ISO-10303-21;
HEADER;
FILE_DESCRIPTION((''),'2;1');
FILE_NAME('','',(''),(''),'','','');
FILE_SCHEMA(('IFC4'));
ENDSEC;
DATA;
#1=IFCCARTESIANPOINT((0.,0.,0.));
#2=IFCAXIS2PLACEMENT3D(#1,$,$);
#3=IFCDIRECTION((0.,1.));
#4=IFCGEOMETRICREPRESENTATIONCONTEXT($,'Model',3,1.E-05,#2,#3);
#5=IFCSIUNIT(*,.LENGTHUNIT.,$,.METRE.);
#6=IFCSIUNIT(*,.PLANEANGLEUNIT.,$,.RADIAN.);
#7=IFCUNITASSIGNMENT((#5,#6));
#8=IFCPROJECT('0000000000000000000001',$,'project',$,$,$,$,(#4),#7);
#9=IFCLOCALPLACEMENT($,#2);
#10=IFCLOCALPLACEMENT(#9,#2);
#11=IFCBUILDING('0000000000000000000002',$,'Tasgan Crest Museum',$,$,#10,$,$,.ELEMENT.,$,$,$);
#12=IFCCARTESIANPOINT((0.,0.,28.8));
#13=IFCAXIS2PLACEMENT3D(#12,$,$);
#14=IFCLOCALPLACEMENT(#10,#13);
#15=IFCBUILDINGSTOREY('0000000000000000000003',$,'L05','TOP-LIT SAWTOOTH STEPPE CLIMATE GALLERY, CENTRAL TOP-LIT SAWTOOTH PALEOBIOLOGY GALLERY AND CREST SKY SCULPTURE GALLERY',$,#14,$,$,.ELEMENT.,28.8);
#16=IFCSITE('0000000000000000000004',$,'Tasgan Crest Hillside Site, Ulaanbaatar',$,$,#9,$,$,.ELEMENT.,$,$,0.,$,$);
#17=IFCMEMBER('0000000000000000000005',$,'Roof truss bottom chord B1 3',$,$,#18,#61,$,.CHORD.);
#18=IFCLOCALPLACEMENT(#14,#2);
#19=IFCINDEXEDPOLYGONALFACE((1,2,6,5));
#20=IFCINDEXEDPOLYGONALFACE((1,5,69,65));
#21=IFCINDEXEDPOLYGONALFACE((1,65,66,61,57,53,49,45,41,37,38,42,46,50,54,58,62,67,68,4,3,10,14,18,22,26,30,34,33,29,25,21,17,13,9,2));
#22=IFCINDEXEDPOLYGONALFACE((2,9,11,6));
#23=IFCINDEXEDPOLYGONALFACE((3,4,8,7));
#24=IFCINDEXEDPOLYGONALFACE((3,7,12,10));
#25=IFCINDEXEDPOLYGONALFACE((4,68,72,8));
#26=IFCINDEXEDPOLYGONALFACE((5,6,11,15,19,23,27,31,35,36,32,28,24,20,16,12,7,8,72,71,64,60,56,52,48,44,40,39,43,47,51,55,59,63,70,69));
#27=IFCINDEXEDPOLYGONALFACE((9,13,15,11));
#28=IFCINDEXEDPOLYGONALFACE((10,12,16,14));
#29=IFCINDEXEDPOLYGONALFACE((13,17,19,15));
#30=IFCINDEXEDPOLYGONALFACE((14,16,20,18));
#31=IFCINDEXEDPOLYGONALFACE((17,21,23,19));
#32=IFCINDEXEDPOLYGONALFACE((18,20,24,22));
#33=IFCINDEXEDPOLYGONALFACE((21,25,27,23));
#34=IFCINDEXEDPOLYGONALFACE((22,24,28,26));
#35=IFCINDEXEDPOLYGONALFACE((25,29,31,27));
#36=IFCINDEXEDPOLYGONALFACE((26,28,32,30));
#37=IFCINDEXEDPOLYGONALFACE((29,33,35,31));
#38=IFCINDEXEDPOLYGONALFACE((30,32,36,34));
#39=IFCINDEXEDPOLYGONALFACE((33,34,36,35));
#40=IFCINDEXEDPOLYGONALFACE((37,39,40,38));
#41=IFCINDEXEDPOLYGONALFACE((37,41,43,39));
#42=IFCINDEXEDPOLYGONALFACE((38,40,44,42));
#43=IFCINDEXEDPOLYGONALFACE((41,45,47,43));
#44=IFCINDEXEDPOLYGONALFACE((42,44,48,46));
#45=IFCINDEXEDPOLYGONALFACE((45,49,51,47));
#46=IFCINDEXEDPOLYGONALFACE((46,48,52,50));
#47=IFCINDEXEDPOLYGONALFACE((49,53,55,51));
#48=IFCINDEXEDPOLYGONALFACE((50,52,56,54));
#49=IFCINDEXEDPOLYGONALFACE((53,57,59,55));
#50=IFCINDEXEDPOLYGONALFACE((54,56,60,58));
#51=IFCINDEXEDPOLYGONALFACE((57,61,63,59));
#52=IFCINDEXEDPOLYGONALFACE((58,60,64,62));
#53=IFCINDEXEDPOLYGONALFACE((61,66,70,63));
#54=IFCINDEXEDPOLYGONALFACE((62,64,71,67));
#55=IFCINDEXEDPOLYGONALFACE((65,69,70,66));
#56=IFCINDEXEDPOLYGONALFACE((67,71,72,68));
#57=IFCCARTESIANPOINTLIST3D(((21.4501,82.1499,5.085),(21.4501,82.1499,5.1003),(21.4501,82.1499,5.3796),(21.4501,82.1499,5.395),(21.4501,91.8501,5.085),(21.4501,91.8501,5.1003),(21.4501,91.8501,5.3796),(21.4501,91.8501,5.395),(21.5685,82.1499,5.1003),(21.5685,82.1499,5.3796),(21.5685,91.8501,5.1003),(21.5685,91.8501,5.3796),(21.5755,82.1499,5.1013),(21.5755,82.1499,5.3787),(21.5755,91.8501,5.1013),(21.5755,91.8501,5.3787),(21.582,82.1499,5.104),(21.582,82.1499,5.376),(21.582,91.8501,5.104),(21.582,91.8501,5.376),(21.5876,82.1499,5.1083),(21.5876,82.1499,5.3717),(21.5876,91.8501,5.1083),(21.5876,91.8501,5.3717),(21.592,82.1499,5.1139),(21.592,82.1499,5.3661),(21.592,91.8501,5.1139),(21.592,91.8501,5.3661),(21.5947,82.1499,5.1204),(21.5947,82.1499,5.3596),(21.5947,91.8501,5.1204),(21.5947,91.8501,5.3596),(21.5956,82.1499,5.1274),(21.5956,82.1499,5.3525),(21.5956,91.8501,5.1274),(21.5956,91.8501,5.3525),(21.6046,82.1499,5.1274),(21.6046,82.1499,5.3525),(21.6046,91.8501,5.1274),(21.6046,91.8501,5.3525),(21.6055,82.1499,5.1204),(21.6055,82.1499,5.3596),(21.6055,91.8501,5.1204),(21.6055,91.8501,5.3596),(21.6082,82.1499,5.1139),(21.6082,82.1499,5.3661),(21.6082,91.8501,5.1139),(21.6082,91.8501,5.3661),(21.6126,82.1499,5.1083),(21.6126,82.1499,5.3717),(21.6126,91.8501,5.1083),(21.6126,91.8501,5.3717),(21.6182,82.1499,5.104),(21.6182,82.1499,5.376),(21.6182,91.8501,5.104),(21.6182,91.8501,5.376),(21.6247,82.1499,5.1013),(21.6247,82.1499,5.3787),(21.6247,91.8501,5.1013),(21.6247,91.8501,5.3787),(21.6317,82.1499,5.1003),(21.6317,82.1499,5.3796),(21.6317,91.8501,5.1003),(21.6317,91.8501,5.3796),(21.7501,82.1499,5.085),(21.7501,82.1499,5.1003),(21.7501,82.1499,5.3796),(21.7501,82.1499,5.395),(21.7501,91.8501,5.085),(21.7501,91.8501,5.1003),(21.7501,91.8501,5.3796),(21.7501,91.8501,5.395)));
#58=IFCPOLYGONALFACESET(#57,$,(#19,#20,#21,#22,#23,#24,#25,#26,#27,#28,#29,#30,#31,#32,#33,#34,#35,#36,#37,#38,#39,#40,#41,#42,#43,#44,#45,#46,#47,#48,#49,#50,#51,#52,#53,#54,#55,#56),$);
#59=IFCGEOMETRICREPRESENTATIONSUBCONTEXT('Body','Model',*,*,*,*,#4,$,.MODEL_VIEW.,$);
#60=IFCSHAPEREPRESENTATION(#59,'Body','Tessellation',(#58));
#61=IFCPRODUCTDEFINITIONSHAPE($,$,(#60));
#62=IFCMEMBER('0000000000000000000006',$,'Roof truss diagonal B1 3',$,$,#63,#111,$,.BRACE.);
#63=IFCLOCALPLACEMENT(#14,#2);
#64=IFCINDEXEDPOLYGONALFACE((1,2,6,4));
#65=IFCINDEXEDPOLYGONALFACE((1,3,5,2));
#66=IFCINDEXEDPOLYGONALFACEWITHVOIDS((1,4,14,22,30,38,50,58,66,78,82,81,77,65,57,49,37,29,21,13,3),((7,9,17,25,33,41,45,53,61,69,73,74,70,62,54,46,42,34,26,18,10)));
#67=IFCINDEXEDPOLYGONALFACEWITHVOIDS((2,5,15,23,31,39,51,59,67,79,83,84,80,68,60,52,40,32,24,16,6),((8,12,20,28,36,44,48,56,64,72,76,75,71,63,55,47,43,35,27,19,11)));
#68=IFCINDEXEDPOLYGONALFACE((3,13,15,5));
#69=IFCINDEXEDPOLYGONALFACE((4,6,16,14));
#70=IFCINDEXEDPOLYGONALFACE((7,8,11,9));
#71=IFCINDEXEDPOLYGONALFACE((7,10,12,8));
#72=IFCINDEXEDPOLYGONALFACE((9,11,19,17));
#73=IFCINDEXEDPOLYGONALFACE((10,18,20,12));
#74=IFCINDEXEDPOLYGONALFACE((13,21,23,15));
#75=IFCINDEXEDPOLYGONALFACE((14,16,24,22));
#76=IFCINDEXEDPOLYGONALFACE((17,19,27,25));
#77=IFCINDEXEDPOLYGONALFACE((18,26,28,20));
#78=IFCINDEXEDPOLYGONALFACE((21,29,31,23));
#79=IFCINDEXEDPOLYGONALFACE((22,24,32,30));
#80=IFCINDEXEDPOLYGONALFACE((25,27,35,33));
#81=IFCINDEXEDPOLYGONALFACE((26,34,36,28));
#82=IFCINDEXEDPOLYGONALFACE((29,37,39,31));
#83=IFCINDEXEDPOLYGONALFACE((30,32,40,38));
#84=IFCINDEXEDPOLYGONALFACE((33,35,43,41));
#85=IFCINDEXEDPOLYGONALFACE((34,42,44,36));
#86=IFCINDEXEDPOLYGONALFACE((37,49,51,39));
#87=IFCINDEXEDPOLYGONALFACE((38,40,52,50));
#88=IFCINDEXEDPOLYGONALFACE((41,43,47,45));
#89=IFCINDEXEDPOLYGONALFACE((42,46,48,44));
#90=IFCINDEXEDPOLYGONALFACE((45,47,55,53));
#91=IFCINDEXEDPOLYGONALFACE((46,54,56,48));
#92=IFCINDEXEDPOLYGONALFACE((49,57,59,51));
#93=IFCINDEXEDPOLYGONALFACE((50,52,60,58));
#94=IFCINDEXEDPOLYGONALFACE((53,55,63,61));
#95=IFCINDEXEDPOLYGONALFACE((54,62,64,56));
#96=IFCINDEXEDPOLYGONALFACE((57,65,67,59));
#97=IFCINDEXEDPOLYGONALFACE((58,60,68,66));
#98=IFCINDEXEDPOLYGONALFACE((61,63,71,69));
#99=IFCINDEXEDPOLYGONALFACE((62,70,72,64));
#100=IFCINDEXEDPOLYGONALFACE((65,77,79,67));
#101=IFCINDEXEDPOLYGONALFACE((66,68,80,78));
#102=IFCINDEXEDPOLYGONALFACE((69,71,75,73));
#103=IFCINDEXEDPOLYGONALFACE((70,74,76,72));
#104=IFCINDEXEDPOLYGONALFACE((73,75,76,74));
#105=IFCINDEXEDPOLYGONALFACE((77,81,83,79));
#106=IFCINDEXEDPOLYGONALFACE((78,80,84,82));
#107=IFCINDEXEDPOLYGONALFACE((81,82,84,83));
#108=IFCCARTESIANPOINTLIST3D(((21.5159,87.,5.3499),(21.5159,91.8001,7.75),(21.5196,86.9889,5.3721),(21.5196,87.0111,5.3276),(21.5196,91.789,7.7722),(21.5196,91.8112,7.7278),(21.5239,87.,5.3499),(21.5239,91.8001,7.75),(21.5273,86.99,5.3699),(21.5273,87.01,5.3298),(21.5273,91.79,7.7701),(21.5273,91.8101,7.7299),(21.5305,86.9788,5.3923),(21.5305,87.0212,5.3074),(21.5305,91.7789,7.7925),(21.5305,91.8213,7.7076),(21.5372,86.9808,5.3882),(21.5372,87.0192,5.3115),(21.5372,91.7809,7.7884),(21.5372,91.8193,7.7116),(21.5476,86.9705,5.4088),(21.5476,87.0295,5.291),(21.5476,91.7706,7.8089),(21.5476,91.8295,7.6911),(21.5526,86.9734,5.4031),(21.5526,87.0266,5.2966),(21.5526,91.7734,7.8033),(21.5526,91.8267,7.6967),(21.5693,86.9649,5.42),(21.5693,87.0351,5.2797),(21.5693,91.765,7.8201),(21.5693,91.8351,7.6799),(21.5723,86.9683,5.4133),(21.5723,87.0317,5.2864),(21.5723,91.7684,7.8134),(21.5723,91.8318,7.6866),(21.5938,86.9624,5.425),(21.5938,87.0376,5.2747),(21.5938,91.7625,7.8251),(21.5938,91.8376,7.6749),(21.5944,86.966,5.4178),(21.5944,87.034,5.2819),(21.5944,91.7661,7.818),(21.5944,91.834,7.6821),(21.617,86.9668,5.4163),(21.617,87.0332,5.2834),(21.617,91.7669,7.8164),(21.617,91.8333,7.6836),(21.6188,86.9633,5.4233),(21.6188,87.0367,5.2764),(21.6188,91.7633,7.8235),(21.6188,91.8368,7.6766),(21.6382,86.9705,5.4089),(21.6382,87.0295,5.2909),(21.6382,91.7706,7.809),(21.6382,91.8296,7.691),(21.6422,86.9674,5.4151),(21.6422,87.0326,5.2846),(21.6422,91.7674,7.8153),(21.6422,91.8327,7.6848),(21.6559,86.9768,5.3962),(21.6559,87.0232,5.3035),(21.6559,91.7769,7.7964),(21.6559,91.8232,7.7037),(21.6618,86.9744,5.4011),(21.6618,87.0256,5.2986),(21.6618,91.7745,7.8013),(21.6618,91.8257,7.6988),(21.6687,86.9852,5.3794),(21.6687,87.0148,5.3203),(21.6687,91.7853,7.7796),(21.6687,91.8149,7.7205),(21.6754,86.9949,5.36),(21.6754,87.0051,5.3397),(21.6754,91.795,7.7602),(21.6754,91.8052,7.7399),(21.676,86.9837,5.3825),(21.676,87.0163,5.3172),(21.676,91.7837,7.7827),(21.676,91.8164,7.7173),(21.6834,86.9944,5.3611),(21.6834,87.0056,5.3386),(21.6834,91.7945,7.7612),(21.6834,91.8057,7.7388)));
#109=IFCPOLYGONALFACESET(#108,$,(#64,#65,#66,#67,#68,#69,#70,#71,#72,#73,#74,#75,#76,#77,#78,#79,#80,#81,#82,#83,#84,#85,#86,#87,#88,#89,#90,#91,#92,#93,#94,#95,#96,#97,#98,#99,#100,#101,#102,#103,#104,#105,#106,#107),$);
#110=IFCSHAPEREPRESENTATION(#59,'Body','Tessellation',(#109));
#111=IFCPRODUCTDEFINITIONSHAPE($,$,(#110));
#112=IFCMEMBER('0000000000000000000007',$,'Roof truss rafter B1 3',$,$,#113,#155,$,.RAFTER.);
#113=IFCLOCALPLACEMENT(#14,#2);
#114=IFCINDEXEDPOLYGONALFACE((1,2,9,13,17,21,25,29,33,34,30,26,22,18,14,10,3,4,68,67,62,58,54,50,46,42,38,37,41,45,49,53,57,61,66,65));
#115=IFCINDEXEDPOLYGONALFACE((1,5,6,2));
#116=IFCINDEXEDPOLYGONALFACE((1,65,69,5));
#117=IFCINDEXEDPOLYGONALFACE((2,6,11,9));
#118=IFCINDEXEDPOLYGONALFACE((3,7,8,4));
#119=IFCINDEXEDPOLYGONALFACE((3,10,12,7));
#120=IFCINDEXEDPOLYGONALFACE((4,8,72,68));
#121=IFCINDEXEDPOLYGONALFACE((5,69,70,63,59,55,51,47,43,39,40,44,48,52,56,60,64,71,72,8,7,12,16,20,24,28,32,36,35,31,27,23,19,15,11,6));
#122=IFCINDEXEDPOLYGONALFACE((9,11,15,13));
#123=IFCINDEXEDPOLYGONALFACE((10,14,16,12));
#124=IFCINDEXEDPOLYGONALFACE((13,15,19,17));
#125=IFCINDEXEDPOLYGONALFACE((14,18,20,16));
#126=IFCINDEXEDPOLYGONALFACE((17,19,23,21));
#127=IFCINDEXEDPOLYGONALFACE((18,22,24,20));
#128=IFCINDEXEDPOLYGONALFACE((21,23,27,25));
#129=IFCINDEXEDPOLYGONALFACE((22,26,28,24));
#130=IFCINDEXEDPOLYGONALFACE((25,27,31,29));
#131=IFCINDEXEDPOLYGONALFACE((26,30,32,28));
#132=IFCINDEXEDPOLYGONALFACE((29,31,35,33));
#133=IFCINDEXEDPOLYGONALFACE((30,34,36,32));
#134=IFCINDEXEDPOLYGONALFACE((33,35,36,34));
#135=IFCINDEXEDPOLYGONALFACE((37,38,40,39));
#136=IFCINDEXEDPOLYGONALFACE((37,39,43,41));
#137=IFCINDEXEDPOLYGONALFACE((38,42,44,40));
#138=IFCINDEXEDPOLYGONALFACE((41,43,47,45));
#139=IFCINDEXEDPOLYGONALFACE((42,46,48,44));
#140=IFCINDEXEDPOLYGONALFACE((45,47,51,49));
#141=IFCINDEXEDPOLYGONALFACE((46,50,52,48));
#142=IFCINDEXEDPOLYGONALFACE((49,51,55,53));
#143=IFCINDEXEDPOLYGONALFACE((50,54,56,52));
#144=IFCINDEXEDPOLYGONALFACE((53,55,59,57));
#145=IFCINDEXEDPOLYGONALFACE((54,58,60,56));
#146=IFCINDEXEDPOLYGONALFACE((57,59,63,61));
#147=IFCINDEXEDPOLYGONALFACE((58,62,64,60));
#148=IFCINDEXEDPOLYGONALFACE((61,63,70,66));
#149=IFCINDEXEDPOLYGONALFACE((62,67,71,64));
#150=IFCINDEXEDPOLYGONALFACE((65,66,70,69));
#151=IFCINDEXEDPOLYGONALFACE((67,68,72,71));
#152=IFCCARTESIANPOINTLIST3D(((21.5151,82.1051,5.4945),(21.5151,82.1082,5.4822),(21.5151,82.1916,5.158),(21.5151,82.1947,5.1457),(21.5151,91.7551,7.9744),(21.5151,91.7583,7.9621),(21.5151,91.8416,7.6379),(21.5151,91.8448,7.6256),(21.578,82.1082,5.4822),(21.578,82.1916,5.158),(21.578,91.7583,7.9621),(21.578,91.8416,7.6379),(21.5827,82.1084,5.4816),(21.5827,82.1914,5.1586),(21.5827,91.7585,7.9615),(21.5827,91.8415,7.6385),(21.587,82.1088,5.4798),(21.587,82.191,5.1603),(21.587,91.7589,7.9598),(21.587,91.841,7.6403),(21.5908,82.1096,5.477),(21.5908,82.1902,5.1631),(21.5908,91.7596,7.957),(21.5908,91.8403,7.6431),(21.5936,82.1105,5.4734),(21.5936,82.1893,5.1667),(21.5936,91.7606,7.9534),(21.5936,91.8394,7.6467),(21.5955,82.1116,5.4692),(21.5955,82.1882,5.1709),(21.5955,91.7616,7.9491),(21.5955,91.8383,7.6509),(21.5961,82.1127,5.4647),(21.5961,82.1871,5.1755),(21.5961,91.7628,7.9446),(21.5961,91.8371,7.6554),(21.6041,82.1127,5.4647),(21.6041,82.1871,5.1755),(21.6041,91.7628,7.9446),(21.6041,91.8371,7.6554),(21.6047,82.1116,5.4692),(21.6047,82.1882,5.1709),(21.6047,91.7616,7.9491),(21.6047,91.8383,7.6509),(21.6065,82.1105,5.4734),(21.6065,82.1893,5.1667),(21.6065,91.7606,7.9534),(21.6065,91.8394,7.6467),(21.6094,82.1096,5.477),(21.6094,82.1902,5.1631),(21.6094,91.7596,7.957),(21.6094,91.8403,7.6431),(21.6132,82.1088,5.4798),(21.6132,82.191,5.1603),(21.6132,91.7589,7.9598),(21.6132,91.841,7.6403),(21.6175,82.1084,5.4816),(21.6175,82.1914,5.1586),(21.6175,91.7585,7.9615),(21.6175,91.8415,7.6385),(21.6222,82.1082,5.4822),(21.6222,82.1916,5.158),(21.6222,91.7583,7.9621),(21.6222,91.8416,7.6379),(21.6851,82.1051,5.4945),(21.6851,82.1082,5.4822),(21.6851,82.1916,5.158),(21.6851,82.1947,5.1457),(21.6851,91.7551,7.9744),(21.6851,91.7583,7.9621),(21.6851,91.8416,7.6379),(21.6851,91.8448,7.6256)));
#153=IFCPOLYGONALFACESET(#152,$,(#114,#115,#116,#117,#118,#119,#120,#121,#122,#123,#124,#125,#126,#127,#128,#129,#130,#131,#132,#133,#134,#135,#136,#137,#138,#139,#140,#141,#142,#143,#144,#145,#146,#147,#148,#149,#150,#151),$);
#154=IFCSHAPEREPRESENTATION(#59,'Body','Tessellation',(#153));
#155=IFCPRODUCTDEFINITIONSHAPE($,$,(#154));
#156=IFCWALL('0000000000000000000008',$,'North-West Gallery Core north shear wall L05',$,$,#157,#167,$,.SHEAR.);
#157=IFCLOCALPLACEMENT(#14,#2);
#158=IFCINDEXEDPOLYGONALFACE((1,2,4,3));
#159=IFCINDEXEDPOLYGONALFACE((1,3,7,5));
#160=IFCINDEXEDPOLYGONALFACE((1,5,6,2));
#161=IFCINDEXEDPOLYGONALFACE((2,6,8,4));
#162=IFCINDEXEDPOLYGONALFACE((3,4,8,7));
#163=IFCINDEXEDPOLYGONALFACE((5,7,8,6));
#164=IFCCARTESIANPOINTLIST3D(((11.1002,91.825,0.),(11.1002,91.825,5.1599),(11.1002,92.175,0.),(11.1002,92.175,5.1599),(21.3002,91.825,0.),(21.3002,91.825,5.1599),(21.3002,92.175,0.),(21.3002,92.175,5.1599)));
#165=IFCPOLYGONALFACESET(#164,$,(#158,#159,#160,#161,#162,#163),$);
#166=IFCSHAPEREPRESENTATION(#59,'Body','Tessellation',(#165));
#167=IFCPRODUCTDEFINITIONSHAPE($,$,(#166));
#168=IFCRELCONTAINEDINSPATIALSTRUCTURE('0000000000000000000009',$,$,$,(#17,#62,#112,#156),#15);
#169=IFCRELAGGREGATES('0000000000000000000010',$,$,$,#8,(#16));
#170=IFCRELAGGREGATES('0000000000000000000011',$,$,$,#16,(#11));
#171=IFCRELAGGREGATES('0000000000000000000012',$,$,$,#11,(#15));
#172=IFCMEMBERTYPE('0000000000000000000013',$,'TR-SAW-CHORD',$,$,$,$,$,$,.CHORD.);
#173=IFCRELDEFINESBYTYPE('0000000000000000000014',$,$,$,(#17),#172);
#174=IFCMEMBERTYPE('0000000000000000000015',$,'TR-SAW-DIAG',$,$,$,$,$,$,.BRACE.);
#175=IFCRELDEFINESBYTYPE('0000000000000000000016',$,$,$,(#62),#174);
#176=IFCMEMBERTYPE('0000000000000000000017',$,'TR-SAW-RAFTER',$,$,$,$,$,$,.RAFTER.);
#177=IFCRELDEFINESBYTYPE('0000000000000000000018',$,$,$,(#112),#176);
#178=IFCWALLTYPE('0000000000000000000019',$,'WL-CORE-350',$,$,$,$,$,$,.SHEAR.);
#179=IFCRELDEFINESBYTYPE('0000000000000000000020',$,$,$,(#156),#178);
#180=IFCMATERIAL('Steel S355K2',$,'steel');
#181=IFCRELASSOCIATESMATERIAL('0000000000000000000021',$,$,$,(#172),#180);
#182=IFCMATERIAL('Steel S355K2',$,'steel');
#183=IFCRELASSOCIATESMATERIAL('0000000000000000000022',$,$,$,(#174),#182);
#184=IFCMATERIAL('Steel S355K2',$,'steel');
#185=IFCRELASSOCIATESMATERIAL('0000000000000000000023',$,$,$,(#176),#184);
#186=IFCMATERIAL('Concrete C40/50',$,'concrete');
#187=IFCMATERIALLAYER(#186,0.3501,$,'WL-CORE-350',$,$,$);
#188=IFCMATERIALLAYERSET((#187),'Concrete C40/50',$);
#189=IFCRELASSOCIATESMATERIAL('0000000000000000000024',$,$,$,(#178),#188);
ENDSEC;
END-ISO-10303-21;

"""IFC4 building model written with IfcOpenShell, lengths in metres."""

from ifc_helpers import new_model, si_unit, direction, frame, frame_2d, origin, origin_2d, place, context, subcontext, project, spatial, rectangle, hollow_circle, i_section, extrude, material, layer, layer_set, material_profile, profile_set, type_object, element, save


model = new_model("IFC4")

# Units and contexts
model_context = context("Model", 3, precision=1e-05, world=origin(), true_north=direction((0.0, 1.0)))
body_context = subcontext(model_context, "Body", "Model", "MODEL_VIEW")
ifc_project = project(units=[si_unit("LENGTHUNIT", "METRE"), si_unit("PLANEANGLEUNIT", "RADIAN")], contexts=[model_context])

# Site, building, storey
site_placement = place(None, origin())
site = spatial("IfcSite", under=ifc_project, at=site_placement, Name="Tasgan Crest Hillside Site, Ulaanbaatar", CompositionType="ELEMENT", RefElevation=0.0)
building_placement = place(site_placement, origin())
building = spatial("IfcBuilding", under=site, at=building_placement, Name="Tasgan Crest Museum", CompositionType="ELEMENT")
storey_placement = place(building_placement, frame((0.0, 0.0, 28.8)))
storey = spatial("IfcBuildingStorey", under=building, at=storey_placement, Name="L05", Description="TOP-LIT SAWTOOTH STEPPE CLIMATE GALLERY, CENTRAL TOP-LIT SAWTOOTH PALEOBIOLOGY GALLERY AND CREST SKY SCULPTURE GALLERY", CompositionType="ELEMENT", Elevation=28.8)

# Members
ifc_material_1 = material(Name="Steel S355K2", Category="steel")
ifc_material_profile_1 = material_profile(ifc_material_1, i_section(OverallWidth=0.3, OverallDepth=0.3101, WebThickness=0.009, FlangeThickness=0.0154, FilletRadius=0.0271, at=origin_2d()), Name="HEA 320")
ifc_profile_set_1 = profile_set([ifc_material_profile_1], Name="Steel S355K2")
member_type_1 = type_object("IfcMemberType", Name="TR-SAW-CHORD", PredefinedType="CHORD", material=ifc_profile_set_1)
member_1_placement = place(storey_placement, frame((21.6001, 82.1499, 5.24), z_axis=(0.0, 1.0, 0.0), x_axis=(-1.0, 0.0, 0.0)))
element("IfcMember", 1, at=member_1_placement, inside=storey, type_object=member_type_1, Name="Roof truss bottom chord B1 3", PredefinedType="CHORD", context=body_context, shape_type="SweptSolid", body=[
    extrude(i_section(OverallWidth=0.3, OverallDepth=0.3101, WebThickness=0.009, FlangeThickness=0.0154, FilletRadius=0.0271, at=origin_2d()), origin(), (0.0, 0.0, 1.0), 9.7002),
])
ifc_material_2 = material(Name="Steel S355K2", Category="steel")
ifc_material_profile_2 = material_profile(ifc_material_2, hollow_circle(Radius=0.0842, WallThickness=0.0081, at=origin_2d()), Name="CHS 168.3x8")
ifc_profile_set_2 = profile_set([ifc_material_profile_2], Name="Steel S355K2")
member_type_2 = type_object("IfcMemberType", Name="TR-SAW-DIAG", PredefinedType="BRACE", material=ifc_profile_set_2)
member_2_placement = place(storey_placement, frame((21.6001, 87.0, 5.3499), z_axis=(0.0, 0.894418, 0.447232), x_axis=(-1.0, 0.0, 0.0)))
element("IfcMember", 2, at=member_2_placement, inside=storey, type_object=member_type_2, Name="Roof truss diagonal B1 3", PredefinedType="BRACE", context=body_context, shape_type="SweptSolid", body=[
    extrude(hollow_circle(Radius=0.0842, WallThickness=0.0081, at=origin_2d()), origin(), (0.0, 0.0, 1.0), 5.3667),
])
ifc_material_3 = material(Name="Steel S355K2", Category="steel")
ifc_material_profile_3 = material_profile(ifc_material_3, i_section(OverallWidth=0.1699, OverallDepth=0.3601, WebThickness=0.0081, FlangeThickness=0.0127, FilletRadius=0.0181, at=origin_2d()), Name="IPE 360")
ifc_profile_set_3 = profile_set([ifc_material_profile_3], Name="Steel S355K2")
member_type_3 = type_object("IfcMemberType", Name="TR-SAW-RAFTER", PredefinedType="RAFTER", material=ifc_profile_set_3)
member_3_placement = place(storey_placement, frame((21.6001, 82.1499, 5.3201), z_axis=(0.0, 0.968529, 0.248901), x_axis=(-1.0, 0.0, 0.0)))
element("IfcMember", 3, at=member_3_placement, inside=storey, type_object=member_type_3, Name="Roof truss rafter B1 3", PredefinedType="RAFTER", context=body_context, shape_type="SweptSolid", body=[
    extrude(i_section(OverallWidth=0.1699, OverallDepth=0.3601, WebThickness=0.0081, FlangeThickness=0.0127, FilletRadius=0.0181, at=origin_2d()), origin(), (0.0, 0.0, 1.0), 9.9636),
])

# Wall
ifc_material_4 = material(Name="Concrete C40/50", Category="concrete")
ifc_layer_1 = layer(ifc_material_4, 0.3501, Name="WL-CORE-350")
ifc_layer_set_1 = layer_set([ifc_layer_1], Name="Concrete C40/50")
wall_type_1 = type_object("IfcWallType", Name="WL-CORE-350", PredefinedType="SHEAR", material=ifc_layer_set_1)
wall_1_placement = place(storey_placement, frame((11.1001, 92.0, 0.0), z_axis=(0.0, 0.0, 1.0), x_axis=(1.0, 0.0, 0.0)))
element("IfcWall", 4, at=wall_1_placement, inside=storey, type_object=wall_type_1, Name="North-West Gallery Core north shear wall L05", PredefinedType="SHEAR", context=body_context, shape_type="SweptSolid", body=[
    extrude(rectangle(XDim=10.2, YDim=0.3501, at=frame_2d((5.1001, 0.0))), origin(), (0.0, 0.0, 1.0), 5.1599),
])

save(model, "model.ifc")
